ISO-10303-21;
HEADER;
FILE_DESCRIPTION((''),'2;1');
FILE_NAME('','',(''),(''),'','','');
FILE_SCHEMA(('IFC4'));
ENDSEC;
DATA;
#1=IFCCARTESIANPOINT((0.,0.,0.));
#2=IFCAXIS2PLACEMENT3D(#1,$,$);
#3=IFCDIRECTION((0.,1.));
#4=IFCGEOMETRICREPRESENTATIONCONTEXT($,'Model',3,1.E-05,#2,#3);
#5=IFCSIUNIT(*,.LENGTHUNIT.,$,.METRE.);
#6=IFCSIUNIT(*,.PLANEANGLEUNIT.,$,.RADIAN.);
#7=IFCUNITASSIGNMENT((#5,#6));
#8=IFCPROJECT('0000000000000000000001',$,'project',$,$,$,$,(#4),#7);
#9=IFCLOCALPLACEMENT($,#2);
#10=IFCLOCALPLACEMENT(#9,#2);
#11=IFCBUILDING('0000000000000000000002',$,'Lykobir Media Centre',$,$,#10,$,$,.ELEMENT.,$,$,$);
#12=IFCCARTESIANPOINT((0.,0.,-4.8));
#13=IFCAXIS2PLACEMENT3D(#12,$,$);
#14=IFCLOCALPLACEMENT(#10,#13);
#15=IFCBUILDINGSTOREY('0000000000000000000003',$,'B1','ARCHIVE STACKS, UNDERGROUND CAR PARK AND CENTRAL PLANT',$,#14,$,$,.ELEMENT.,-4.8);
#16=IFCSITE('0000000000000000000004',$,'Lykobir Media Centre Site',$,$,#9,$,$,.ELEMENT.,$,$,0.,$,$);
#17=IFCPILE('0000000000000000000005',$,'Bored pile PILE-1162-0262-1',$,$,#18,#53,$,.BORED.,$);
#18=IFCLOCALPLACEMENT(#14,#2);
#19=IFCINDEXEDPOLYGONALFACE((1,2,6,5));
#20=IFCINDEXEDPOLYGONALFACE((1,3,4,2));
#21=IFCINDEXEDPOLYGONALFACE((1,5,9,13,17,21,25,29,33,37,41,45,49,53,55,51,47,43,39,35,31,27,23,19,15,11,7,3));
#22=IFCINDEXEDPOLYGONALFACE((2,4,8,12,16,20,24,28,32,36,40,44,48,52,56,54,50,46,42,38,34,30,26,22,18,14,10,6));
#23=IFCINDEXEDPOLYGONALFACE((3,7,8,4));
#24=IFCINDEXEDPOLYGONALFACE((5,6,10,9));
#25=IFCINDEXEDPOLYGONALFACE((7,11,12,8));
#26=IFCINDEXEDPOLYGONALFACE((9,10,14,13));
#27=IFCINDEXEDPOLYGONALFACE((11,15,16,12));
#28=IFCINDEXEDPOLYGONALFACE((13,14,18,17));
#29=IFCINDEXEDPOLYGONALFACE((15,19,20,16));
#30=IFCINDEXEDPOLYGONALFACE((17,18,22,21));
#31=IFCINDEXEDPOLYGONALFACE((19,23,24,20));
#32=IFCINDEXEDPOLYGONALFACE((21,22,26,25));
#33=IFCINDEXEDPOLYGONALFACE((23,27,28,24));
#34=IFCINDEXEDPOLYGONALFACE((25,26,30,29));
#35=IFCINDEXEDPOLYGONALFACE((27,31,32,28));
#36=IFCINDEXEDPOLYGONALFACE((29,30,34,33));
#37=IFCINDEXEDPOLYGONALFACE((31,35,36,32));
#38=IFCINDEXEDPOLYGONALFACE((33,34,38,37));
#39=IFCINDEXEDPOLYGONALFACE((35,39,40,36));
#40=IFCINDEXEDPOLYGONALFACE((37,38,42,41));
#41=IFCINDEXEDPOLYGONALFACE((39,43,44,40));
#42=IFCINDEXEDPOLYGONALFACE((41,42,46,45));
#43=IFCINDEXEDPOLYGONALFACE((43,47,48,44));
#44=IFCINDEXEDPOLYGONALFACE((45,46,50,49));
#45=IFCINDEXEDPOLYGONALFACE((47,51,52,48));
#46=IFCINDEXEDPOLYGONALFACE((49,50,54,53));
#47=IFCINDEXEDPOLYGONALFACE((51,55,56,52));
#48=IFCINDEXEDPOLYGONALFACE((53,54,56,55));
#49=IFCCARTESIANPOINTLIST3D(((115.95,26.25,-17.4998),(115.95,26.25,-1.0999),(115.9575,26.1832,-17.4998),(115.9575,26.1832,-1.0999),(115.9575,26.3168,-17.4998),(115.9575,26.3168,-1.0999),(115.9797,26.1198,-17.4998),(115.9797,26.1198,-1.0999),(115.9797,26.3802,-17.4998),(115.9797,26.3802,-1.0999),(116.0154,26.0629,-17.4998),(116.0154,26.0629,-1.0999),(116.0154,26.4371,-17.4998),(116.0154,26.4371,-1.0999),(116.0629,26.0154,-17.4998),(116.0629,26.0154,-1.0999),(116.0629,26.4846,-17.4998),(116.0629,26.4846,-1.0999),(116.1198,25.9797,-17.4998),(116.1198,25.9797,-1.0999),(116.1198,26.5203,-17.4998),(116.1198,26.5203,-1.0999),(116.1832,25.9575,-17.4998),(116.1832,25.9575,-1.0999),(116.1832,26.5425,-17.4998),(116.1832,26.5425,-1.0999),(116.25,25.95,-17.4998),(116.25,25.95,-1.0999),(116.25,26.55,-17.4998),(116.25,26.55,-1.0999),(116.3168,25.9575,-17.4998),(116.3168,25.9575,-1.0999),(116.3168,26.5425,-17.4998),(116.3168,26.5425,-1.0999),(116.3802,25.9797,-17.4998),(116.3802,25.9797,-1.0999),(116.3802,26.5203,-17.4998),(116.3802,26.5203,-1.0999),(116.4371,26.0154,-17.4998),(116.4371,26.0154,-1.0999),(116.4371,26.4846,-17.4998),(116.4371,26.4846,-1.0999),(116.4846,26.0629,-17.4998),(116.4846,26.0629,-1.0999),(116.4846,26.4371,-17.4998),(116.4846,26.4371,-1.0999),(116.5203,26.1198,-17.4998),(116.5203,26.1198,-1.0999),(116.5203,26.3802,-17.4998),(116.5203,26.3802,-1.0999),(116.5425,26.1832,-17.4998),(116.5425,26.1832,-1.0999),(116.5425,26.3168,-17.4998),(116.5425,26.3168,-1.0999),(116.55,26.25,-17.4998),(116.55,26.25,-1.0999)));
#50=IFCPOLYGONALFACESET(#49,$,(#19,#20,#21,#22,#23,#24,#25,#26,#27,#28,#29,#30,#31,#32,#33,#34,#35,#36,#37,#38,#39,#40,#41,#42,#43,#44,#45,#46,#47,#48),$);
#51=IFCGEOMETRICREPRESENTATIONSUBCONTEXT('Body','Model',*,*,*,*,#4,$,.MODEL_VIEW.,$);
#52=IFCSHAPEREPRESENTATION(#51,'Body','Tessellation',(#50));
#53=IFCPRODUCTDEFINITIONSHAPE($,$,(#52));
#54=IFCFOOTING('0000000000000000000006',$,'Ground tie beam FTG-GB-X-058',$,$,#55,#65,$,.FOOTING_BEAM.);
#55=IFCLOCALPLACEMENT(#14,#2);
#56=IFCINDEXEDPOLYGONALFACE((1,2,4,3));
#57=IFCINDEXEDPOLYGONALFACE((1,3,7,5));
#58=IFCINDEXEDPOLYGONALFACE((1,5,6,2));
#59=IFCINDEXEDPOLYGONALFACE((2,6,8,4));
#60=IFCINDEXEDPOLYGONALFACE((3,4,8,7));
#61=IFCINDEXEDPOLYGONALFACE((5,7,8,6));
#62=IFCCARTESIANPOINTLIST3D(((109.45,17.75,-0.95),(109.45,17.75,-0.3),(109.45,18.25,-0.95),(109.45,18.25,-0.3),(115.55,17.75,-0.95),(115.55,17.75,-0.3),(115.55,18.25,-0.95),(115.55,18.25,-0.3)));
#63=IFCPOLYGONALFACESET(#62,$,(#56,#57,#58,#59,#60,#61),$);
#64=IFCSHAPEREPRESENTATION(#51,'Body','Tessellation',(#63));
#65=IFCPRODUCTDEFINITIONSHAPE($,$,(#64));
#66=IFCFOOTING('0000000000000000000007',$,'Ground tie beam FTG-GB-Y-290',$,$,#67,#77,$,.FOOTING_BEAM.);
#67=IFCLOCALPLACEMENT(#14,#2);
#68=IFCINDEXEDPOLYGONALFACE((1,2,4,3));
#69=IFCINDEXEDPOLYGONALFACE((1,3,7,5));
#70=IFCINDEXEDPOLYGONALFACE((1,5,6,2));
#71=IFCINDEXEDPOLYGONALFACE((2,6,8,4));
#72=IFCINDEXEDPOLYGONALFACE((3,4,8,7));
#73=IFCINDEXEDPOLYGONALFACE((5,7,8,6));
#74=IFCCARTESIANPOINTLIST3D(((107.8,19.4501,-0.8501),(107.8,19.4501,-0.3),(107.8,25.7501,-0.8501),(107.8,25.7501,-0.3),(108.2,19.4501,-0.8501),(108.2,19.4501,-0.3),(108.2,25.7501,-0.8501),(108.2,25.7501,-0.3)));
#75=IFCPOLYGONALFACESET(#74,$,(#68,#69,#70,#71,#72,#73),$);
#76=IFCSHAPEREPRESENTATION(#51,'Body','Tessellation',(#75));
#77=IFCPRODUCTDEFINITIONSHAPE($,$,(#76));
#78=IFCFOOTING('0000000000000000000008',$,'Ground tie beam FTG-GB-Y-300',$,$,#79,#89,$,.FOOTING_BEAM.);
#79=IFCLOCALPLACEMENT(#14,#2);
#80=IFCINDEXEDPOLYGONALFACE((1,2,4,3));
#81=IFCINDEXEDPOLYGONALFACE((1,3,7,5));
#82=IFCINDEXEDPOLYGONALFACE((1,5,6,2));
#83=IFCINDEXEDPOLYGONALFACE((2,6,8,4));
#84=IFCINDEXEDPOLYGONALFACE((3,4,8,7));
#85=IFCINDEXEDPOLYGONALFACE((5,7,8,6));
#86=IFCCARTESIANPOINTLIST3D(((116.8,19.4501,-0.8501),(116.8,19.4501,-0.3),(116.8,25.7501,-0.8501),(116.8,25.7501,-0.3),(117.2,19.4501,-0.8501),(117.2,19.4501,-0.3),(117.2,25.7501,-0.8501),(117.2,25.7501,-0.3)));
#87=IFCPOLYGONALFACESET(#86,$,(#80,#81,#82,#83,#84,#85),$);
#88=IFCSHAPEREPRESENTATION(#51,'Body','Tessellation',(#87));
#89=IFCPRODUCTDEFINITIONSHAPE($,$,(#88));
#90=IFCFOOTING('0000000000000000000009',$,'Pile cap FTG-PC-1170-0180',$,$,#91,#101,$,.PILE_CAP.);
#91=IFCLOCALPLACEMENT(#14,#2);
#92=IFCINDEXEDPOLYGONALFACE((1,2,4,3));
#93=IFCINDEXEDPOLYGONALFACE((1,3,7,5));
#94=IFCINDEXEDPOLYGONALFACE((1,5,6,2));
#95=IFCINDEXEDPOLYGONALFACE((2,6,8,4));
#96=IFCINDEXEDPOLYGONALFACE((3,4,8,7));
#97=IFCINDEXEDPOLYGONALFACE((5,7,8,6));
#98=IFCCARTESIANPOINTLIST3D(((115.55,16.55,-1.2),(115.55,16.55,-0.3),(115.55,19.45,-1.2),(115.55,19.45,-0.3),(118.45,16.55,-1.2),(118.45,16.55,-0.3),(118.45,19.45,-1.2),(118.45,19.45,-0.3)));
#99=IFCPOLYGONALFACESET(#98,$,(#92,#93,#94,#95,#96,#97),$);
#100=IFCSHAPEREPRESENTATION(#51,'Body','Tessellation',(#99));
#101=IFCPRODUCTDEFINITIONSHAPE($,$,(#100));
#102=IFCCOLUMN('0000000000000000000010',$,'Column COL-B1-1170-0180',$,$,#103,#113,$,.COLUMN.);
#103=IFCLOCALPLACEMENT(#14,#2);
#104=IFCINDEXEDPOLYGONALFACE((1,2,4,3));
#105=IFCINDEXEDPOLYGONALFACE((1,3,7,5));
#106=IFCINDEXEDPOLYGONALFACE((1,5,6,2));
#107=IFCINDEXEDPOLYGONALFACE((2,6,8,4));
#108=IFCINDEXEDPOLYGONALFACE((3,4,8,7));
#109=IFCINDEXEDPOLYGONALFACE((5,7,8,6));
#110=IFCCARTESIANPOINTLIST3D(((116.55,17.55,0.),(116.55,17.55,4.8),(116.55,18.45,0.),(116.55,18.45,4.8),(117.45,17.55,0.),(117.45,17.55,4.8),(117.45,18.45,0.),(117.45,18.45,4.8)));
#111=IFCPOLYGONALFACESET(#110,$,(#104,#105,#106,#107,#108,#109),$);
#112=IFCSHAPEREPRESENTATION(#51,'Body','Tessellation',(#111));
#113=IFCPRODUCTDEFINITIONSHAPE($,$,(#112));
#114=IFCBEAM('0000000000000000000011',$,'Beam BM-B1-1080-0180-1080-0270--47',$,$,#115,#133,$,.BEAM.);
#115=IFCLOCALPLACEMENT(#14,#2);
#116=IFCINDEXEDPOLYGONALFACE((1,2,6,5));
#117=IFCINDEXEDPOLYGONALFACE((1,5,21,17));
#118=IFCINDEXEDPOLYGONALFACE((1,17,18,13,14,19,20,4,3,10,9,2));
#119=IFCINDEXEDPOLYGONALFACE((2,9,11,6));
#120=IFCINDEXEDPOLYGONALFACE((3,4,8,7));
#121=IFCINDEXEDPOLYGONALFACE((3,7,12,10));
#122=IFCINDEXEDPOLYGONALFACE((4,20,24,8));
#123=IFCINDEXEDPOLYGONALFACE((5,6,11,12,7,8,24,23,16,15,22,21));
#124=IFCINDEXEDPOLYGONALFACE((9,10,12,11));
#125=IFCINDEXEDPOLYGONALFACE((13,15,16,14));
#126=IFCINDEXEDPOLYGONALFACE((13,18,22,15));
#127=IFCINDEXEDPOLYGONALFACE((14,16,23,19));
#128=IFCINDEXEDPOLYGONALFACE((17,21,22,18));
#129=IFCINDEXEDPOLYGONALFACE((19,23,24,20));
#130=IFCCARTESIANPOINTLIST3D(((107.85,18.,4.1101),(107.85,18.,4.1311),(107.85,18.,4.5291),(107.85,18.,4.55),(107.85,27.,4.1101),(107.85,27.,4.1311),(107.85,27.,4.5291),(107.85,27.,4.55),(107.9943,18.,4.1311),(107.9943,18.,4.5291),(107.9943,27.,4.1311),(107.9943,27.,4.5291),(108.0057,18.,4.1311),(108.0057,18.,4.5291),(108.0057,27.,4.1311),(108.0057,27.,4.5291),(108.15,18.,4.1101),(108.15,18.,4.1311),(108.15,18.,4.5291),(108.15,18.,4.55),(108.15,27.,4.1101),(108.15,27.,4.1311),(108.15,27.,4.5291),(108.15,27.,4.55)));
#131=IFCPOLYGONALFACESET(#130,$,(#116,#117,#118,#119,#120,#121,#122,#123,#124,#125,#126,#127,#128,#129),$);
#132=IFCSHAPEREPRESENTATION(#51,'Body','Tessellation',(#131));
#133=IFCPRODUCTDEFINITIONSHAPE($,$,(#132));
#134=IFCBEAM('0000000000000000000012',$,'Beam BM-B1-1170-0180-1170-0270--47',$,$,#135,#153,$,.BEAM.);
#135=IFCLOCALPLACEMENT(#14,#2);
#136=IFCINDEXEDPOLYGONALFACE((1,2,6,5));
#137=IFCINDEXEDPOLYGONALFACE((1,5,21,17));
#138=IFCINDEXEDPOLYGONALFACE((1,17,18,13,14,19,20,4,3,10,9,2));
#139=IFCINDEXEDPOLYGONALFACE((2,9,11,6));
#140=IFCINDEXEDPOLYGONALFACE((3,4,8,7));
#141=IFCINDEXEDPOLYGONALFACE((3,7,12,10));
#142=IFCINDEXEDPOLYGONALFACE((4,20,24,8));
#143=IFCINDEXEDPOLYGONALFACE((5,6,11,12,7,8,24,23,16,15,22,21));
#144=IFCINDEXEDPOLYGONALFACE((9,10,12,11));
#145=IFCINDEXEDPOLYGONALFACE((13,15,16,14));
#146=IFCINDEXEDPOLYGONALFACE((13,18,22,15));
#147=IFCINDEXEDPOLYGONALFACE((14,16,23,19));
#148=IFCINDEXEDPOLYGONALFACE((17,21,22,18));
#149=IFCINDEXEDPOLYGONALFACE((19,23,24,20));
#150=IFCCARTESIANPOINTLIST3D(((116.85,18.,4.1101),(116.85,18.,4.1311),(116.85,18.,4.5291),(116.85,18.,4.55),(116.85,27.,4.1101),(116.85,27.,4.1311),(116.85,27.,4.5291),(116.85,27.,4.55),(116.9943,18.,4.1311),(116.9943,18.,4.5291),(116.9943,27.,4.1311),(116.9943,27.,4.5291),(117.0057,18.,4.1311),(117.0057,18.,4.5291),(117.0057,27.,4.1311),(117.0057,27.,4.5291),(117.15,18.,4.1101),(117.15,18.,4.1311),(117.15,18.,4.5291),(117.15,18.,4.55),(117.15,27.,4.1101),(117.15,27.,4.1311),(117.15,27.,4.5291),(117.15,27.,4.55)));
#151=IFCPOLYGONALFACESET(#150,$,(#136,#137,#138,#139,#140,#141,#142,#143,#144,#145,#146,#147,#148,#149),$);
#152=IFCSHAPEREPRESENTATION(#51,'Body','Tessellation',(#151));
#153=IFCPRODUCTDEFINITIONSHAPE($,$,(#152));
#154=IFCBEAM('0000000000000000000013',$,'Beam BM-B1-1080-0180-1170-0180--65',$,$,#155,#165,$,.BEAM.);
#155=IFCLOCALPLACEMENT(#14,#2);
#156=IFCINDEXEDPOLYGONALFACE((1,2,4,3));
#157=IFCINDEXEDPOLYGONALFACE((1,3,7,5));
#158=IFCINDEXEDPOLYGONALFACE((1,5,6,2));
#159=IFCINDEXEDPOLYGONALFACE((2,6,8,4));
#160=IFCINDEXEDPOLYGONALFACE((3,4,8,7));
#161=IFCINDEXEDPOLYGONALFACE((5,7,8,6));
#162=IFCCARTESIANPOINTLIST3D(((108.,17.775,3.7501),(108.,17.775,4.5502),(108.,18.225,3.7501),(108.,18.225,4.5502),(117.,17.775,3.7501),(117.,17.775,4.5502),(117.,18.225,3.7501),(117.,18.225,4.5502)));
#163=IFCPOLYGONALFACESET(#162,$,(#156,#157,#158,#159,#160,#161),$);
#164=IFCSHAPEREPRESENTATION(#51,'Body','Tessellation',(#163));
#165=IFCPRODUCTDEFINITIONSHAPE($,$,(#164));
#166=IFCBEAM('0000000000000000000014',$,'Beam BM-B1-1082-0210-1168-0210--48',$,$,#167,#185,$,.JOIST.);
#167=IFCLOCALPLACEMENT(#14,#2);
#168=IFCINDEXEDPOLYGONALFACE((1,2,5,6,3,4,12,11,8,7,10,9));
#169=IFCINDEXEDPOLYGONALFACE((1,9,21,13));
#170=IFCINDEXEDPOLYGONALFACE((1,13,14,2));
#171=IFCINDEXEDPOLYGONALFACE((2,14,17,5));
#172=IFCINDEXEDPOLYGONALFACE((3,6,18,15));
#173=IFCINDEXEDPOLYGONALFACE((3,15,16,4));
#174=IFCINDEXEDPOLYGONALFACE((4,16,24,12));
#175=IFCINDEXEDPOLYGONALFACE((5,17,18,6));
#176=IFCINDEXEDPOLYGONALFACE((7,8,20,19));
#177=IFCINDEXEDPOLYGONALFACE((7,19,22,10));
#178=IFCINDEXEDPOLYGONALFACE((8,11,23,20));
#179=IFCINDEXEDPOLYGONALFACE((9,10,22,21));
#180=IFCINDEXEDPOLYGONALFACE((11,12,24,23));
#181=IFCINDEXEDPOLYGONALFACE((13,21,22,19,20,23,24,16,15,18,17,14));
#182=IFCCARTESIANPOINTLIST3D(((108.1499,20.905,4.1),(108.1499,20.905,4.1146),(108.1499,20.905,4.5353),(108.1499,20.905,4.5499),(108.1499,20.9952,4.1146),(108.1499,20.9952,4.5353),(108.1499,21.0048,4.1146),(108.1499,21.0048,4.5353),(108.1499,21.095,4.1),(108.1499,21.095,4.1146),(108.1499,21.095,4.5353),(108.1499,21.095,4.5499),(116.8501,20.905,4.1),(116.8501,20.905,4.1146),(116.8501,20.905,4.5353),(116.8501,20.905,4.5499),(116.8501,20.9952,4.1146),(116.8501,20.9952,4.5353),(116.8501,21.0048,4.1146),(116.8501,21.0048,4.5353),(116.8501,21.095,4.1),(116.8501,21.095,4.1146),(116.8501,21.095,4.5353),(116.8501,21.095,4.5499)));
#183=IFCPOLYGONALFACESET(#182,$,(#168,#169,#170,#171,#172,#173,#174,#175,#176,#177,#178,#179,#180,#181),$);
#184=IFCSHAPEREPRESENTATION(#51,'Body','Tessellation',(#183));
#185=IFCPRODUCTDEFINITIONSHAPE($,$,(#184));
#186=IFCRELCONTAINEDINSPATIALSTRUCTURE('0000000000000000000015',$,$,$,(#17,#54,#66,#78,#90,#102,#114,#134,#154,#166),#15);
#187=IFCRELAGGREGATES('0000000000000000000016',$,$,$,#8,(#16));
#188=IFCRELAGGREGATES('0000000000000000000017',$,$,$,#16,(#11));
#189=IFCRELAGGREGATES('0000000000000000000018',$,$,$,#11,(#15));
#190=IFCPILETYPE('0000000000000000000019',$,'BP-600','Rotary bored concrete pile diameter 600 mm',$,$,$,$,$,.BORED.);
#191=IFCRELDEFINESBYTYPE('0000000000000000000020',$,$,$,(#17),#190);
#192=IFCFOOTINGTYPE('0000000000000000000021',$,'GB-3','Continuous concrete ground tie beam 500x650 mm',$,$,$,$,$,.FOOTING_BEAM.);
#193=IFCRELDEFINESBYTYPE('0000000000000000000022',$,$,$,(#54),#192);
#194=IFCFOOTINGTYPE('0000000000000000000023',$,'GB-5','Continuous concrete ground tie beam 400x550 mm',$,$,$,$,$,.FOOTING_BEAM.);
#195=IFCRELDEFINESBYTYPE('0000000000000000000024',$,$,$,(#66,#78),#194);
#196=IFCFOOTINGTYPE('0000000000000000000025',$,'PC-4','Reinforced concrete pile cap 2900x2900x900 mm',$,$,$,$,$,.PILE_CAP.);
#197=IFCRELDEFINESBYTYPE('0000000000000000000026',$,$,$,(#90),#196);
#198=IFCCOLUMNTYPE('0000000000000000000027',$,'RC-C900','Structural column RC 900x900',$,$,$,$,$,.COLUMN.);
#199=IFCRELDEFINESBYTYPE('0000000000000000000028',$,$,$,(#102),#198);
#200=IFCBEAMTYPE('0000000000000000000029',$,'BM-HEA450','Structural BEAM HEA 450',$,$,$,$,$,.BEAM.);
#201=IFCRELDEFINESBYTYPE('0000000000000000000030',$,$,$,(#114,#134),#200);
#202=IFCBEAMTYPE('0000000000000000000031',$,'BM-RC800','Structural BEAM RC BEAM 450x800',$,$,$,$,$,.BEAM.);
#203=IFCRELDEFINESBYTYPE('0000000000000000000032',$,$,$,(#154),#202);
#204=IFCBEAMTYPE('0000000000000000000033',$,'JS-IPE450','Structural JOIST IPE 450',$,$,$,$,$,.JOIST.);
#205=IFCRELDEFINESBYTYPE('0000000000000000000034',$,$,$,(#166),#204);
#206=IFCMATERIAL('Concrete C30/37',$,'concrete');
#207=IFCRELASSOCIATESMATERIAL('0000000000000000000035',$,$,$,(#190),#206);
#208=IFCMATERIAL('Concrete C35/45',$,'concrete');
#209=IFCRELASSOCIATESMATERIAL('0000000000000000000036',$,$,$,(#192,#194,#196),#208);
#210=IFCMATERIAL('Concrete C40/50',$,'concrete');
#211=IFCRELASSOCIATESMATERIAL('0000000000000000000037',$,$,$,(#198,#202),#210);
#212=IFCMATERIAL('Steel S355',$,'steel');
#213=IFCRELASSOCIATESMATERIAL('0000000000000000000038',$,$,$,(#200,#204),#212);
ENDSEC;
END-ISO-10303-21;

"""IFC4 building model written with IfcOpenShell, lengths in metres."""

from ifc_helpers import new_model, si_unit, direction, frame, origin, origin_2d, place, context, subcontext, project, spatial, rectangle, circle, i_section, extrude, material, material_profile, profile_set, type_object, element, save


model = new_model("IFC4")

# Units and contexts
model_context = context("Model", 3, precision=1e-05, world=origin(), true_north=direction((0.0, 1.0)))
body_context = subcontext(model_context, "Body", "Model", "MODEL_VIEW")
ifc_project = project(units=[si_unit("LENGTHUNIT", "METRE"), si_unit("PLANEANGLEUNIT", "RADIAN")], contexts=[model_context])

# Site, building, storey
site_placement = place(None, origin())
site = spatial("IfcSite", under=ifc_project, at=site_placement, Name="Lykobir Media Centre Site", CompositionType="ELEMENT", RefElevation=0.0)
building_placement = place(site_placement, origin())
building = spatial("IfcBuilding", under=site, at=building_placement, Name="Lykobir Media Centre", CompositionType="ELEMENT")
storey_placement = place(building_placement, frame((0.0, 0.0, -4.8)))
storey = spatial("IfcBuildingStorey", under=building, at=storey_placement, Name="B1", Description="ARCHIVE STACKS, UNDERGROUND CAR PARK AND CENTRAL PLANT", CompositionType="ELEMENT", Elevation=-4.8)

# Pile
ifc_material_1 = material(Name="Concrete C30/37", Category="concrete")
ifc_material_profile_1 = material_profile(ifc_material_1, circle(Radius=0.3, at=origin_2d()), Name="BORED PILE D600")
ifc_profile_set_1 = profile_set([ifc_material_profile_1], Name="Concrete C30/37")
pile_type = type_object("IfcPileType", Name="BP-600", Description="Rotary bored concrete pile diameter 600 mm", PredefinedType="BORED", material=ifc_profile_set_1)
for number, where, z_axis, x_axis, name in (
    (1, (116.25, 26.25, -1.0999), (0.0, 0.0, -1.0), (1.0, 0.0, 0.0), "Bored pile PILE-1162-0262-1"),
):
    element("IfcPile", number, at=place(storey_placement, frame(where, z_axis=z_axis, x_axis=x_axis)), inside=storey, type_object=pile_type, Name=name, PredefinedType="BORED", context=body_context, shape_type="SweptSolid", body=[
        extrude(circle(Radius=0.3, at=origin_2d()), origin(), (0.0, 0.0, 1.0), 16.3999),
    ])

# Footings
ifc_material_2 = material(Name="Concrete C35/45", Category="concrete")
footing_type_1 = type_object("IfcFootingType", Name="GB-3", Description="Continuous concrete ground tie beam 500x650 mm", PredefinedType="FOOTING_BEAM", material=ifc_material_2)
footing_1_placement = place(storey_placement, frame((112.5, 18.0, -0.95), z_axis=(0.0, 0.0, 1.0), x_axis=(1.0, 0.0, 0.0)))
element("IfcFooting", 2, at=footing_1_placement, inside=storey, type_object=footing_type_1, Name="Ground tie beam FTG-GB-X-058", PredefinedType="FOOTING_BEAM", context=body_context, shape_type="SweptSolid", body=[
    extrude(rectangle(XDim=6.1001, YDim=0.5, at=origin_2d()), origin(), (0.0, 0.0, 1.0), 0.6499),
])
footing_type_2 = type_object("IfcFootingType", Name="GB-5", Description="Continuous concrete ground tie beam 400x550 mm", PredefinedType="FOOTING_BEAM", material=ifc_material_2)
for number, where, z_axis, x_axis, name in (
    (3, (108.0, 22.6001, -0.8501), (0.0, 0.0, 1.0), (0.0, 1.0, 0.0), "Ground tie beam FTG-GB-Y-290"),
    (4, (117.0, 22.6001, -0.8501), (0.0, 0.0, 1.0), (0.0, 1.0, 0.0), "Ground tie beam FTG-GB-Y-300"),
):
    element("IfcFooting", number, at=place(storey_placement, frame(where, z_axis=z_axis, x_axis=x_axis)), inside=storey, type_object=footing_type_2, Name=name, PredefinedType="FOOTING_BEAM", context=body_context, shape_type="SweptSolid", body=[
        extrude(rectangle(XDim=6.3, YDim=0.3999, at=origin_2d()), origin(), (0.0, 0.0, 1.0), 0.55),
    ])
footing_type_3 = type_object("IfcFootingType", Name="PC-4", Description="Reinforced concrete pile cap 2900x2900x900 mm", PredefinedType="PILE_CAP", material=ifc_material_2)
footing_2_placement = place(storey_placement, frame((117.0, 18.0, -1.2), z_axis=(0.0, 0.0, 1.0), x_axis=(1.0, 0.0, 0.0)))
element("IfcFooting", 5, at=footing_2_placement, inside=storey, type_object=footing_type_3, Name="Pile cap FTG-PC-1170-0180", PredefinedType="PILE_CAP", context=body_context, shape_type="SweptSolid", body=[
    extrude(rectangle(XDim=2.8999, YDim=2.8999, at=origin_2d()), origin(), (0.0, 0.0, 1.0), 0.8999),
])

# Column
ifc_material_3 = material(Name="Concrete C40/50", Category="concrete")
ifc_material_profile_2 = material_profile(ifc_material_3, rectangle(XDim=0.8999, YDim=0.8999, at=origin_2d()), Name="RC 900x900")
ifc_profile_set_2 = profile_set([ifc_material_profile_2], Name="Concrete C40/50")
column_type = type_object("IfcColumnType", Name="RC-C900", Description="Structural column RC 900x900", PredefinedType="COLUMN", material=ifc_profile_set_2)
column_placement = place(storey_placement, frame((117.0, 18.0, 0.0), z_axis=(0.0, 0.0, 1.0), x_axis=(1.0, 0.0, 0.0)))
element("IfcColumn", 6, at=column_placement, inside=storey, type_object=column_type, Name="Column COL-B1-1170-0180", PredefinedType="COLUMN", context=body_context, shape_type="SweptSolid", body=[
    extrude(rectangle(XDim=0.8999, YDim=0.8999, at=origin_2d()), origin(), (0.0, 0.0, 1.0), 4.8),
])

# Beams
ifc_material_4 = material(Name="Steel S355", Category="steel")
ifc_material_profile_3 = material_profile(ifc_material_4, i_section(OverallWidth=0.3, OverallDepth=0.4399, WebThickness=0.0115, FlangeThickness=0.021, at=origin_2d()), Name="HEA 450")
ifc_profile_set_3 = profile_set([ifc_material_profile_3], Name="Steel S355")
beam_type_1 = type_object("IfcBeamType", Name="BM-HEA450", Description="Structural BEAM HEA 450", PredefinedType="BEAM", material=ifc_profile_set_3)
for number, where, z_axis, x_axis, name in (
    (7, (108.0, 18.0, 4.3301), (0.0, 1.0, 0.0), (-1.0, 0.0, 0.0), "Beam BM-B1-1080-0180-1080-0270--47"),
    (8, (117.0, 18.0, 4.3301), (0.0, 1.0, 0.0), (-1.0, 0.0, 0.0), "Beam BM-B1-1170-0180-1170-0270--47"),
):
    element("IfcBeam", number, at=place(storey_placement, frame(where, z_axis=z_axis, x_axis=x_axis)), inside=storey, type_object=beam_type_1, Name=name, PredefinedType="BEAM", context=body_context, shape_type="SweptSolid", body=[
        extrude(i_section(OverallWidth=0.3, OverallDepth=0.4399, WebThickness=0.0115, FlangeThickness=0.021, at=origin_2d()), origin(), (0.0, 0.0, 1.0), 9.0),
    ])
ifc_material_profile_4 = material_profile(ifc_material_3, rectangle(XDim=0.45, YDim=0.8, at=origin_2d()), Name="RC BEAM 450x800")
ifc_profile_set_4 = profile_set([ifc_material_profile_4], Name="Concrete C40/50")
beam_type_2 = type_object("IfcBeamType", Name="BM-RC800", Description="Structural BEAM RC BEAM 450x800", PredefinedType="BEAM", material=ifc_profile_set_4)
beam_1_placement = place(storey_placement, frame((108.0, 18.0, 4.1501), z_axis=(1.0, 0.0, 0.0), x_axis=(0.0, 1.0, 0.0)))
element("IfcBeam", 9, at=beam_1_placement, inside=storey, type_object=beam_type_2, Name="Beam BM-B1-1080-0180-1170-0180--65", PredefinedType="BEAM", context=body_context, shape_type="SweptSolid", body=[
    extrude(rectangle(XDim=0.45, YDim=0.8, at=origin_2d()), origin(), (0.0, 0.0, 1.0), 9.0),
])
ifc_material_profile_5 = material_profile(ifc_material_4, i_section(OverallWidth=0.1899, OverallDepth=0.45, WebThickness=0.0095, FlangeThickness=0.0146, at=origin_2d()), Name="IPE 450")
ifc_profile_set_5 = profile_set([ifc_material_profile_5], Name="Steel S355")
beam_type_3 = type_object("IfcBeamType", Name="JS-IPE450", Description="Structural JOIST IPE 450", PredefinedType="JOIST", material=ifc_profile_set_5)
for number, where, z_axis, x_axis, name in (
    (10, (108.1499, 21.0, 4.325), (1.0, 0.0, 0.0), (0.0, 1.0, 0.0), "Beam BM-B1-1082-0210-1168-0210--48"),
):
    element("IfcBeam", number, at=place(storey_placement, frame(where, z_axis=z_axis, x_axis=x_axis)), inside=storey, type_object=beam_type_3, Name=name, PredefinedType="JOIST", context=body_context, shape_type="SweptSolid", body=[
        extrude(i_section(OverallWidth=0.1899, OverallDepth=0.45, WebThickness=0.0095, FlangeThickness=0.0146, at=origin_2d()), origin(), (0.0, 0.0, 1.0), 8.7002),
    ])

save(model, "model.ifc")
